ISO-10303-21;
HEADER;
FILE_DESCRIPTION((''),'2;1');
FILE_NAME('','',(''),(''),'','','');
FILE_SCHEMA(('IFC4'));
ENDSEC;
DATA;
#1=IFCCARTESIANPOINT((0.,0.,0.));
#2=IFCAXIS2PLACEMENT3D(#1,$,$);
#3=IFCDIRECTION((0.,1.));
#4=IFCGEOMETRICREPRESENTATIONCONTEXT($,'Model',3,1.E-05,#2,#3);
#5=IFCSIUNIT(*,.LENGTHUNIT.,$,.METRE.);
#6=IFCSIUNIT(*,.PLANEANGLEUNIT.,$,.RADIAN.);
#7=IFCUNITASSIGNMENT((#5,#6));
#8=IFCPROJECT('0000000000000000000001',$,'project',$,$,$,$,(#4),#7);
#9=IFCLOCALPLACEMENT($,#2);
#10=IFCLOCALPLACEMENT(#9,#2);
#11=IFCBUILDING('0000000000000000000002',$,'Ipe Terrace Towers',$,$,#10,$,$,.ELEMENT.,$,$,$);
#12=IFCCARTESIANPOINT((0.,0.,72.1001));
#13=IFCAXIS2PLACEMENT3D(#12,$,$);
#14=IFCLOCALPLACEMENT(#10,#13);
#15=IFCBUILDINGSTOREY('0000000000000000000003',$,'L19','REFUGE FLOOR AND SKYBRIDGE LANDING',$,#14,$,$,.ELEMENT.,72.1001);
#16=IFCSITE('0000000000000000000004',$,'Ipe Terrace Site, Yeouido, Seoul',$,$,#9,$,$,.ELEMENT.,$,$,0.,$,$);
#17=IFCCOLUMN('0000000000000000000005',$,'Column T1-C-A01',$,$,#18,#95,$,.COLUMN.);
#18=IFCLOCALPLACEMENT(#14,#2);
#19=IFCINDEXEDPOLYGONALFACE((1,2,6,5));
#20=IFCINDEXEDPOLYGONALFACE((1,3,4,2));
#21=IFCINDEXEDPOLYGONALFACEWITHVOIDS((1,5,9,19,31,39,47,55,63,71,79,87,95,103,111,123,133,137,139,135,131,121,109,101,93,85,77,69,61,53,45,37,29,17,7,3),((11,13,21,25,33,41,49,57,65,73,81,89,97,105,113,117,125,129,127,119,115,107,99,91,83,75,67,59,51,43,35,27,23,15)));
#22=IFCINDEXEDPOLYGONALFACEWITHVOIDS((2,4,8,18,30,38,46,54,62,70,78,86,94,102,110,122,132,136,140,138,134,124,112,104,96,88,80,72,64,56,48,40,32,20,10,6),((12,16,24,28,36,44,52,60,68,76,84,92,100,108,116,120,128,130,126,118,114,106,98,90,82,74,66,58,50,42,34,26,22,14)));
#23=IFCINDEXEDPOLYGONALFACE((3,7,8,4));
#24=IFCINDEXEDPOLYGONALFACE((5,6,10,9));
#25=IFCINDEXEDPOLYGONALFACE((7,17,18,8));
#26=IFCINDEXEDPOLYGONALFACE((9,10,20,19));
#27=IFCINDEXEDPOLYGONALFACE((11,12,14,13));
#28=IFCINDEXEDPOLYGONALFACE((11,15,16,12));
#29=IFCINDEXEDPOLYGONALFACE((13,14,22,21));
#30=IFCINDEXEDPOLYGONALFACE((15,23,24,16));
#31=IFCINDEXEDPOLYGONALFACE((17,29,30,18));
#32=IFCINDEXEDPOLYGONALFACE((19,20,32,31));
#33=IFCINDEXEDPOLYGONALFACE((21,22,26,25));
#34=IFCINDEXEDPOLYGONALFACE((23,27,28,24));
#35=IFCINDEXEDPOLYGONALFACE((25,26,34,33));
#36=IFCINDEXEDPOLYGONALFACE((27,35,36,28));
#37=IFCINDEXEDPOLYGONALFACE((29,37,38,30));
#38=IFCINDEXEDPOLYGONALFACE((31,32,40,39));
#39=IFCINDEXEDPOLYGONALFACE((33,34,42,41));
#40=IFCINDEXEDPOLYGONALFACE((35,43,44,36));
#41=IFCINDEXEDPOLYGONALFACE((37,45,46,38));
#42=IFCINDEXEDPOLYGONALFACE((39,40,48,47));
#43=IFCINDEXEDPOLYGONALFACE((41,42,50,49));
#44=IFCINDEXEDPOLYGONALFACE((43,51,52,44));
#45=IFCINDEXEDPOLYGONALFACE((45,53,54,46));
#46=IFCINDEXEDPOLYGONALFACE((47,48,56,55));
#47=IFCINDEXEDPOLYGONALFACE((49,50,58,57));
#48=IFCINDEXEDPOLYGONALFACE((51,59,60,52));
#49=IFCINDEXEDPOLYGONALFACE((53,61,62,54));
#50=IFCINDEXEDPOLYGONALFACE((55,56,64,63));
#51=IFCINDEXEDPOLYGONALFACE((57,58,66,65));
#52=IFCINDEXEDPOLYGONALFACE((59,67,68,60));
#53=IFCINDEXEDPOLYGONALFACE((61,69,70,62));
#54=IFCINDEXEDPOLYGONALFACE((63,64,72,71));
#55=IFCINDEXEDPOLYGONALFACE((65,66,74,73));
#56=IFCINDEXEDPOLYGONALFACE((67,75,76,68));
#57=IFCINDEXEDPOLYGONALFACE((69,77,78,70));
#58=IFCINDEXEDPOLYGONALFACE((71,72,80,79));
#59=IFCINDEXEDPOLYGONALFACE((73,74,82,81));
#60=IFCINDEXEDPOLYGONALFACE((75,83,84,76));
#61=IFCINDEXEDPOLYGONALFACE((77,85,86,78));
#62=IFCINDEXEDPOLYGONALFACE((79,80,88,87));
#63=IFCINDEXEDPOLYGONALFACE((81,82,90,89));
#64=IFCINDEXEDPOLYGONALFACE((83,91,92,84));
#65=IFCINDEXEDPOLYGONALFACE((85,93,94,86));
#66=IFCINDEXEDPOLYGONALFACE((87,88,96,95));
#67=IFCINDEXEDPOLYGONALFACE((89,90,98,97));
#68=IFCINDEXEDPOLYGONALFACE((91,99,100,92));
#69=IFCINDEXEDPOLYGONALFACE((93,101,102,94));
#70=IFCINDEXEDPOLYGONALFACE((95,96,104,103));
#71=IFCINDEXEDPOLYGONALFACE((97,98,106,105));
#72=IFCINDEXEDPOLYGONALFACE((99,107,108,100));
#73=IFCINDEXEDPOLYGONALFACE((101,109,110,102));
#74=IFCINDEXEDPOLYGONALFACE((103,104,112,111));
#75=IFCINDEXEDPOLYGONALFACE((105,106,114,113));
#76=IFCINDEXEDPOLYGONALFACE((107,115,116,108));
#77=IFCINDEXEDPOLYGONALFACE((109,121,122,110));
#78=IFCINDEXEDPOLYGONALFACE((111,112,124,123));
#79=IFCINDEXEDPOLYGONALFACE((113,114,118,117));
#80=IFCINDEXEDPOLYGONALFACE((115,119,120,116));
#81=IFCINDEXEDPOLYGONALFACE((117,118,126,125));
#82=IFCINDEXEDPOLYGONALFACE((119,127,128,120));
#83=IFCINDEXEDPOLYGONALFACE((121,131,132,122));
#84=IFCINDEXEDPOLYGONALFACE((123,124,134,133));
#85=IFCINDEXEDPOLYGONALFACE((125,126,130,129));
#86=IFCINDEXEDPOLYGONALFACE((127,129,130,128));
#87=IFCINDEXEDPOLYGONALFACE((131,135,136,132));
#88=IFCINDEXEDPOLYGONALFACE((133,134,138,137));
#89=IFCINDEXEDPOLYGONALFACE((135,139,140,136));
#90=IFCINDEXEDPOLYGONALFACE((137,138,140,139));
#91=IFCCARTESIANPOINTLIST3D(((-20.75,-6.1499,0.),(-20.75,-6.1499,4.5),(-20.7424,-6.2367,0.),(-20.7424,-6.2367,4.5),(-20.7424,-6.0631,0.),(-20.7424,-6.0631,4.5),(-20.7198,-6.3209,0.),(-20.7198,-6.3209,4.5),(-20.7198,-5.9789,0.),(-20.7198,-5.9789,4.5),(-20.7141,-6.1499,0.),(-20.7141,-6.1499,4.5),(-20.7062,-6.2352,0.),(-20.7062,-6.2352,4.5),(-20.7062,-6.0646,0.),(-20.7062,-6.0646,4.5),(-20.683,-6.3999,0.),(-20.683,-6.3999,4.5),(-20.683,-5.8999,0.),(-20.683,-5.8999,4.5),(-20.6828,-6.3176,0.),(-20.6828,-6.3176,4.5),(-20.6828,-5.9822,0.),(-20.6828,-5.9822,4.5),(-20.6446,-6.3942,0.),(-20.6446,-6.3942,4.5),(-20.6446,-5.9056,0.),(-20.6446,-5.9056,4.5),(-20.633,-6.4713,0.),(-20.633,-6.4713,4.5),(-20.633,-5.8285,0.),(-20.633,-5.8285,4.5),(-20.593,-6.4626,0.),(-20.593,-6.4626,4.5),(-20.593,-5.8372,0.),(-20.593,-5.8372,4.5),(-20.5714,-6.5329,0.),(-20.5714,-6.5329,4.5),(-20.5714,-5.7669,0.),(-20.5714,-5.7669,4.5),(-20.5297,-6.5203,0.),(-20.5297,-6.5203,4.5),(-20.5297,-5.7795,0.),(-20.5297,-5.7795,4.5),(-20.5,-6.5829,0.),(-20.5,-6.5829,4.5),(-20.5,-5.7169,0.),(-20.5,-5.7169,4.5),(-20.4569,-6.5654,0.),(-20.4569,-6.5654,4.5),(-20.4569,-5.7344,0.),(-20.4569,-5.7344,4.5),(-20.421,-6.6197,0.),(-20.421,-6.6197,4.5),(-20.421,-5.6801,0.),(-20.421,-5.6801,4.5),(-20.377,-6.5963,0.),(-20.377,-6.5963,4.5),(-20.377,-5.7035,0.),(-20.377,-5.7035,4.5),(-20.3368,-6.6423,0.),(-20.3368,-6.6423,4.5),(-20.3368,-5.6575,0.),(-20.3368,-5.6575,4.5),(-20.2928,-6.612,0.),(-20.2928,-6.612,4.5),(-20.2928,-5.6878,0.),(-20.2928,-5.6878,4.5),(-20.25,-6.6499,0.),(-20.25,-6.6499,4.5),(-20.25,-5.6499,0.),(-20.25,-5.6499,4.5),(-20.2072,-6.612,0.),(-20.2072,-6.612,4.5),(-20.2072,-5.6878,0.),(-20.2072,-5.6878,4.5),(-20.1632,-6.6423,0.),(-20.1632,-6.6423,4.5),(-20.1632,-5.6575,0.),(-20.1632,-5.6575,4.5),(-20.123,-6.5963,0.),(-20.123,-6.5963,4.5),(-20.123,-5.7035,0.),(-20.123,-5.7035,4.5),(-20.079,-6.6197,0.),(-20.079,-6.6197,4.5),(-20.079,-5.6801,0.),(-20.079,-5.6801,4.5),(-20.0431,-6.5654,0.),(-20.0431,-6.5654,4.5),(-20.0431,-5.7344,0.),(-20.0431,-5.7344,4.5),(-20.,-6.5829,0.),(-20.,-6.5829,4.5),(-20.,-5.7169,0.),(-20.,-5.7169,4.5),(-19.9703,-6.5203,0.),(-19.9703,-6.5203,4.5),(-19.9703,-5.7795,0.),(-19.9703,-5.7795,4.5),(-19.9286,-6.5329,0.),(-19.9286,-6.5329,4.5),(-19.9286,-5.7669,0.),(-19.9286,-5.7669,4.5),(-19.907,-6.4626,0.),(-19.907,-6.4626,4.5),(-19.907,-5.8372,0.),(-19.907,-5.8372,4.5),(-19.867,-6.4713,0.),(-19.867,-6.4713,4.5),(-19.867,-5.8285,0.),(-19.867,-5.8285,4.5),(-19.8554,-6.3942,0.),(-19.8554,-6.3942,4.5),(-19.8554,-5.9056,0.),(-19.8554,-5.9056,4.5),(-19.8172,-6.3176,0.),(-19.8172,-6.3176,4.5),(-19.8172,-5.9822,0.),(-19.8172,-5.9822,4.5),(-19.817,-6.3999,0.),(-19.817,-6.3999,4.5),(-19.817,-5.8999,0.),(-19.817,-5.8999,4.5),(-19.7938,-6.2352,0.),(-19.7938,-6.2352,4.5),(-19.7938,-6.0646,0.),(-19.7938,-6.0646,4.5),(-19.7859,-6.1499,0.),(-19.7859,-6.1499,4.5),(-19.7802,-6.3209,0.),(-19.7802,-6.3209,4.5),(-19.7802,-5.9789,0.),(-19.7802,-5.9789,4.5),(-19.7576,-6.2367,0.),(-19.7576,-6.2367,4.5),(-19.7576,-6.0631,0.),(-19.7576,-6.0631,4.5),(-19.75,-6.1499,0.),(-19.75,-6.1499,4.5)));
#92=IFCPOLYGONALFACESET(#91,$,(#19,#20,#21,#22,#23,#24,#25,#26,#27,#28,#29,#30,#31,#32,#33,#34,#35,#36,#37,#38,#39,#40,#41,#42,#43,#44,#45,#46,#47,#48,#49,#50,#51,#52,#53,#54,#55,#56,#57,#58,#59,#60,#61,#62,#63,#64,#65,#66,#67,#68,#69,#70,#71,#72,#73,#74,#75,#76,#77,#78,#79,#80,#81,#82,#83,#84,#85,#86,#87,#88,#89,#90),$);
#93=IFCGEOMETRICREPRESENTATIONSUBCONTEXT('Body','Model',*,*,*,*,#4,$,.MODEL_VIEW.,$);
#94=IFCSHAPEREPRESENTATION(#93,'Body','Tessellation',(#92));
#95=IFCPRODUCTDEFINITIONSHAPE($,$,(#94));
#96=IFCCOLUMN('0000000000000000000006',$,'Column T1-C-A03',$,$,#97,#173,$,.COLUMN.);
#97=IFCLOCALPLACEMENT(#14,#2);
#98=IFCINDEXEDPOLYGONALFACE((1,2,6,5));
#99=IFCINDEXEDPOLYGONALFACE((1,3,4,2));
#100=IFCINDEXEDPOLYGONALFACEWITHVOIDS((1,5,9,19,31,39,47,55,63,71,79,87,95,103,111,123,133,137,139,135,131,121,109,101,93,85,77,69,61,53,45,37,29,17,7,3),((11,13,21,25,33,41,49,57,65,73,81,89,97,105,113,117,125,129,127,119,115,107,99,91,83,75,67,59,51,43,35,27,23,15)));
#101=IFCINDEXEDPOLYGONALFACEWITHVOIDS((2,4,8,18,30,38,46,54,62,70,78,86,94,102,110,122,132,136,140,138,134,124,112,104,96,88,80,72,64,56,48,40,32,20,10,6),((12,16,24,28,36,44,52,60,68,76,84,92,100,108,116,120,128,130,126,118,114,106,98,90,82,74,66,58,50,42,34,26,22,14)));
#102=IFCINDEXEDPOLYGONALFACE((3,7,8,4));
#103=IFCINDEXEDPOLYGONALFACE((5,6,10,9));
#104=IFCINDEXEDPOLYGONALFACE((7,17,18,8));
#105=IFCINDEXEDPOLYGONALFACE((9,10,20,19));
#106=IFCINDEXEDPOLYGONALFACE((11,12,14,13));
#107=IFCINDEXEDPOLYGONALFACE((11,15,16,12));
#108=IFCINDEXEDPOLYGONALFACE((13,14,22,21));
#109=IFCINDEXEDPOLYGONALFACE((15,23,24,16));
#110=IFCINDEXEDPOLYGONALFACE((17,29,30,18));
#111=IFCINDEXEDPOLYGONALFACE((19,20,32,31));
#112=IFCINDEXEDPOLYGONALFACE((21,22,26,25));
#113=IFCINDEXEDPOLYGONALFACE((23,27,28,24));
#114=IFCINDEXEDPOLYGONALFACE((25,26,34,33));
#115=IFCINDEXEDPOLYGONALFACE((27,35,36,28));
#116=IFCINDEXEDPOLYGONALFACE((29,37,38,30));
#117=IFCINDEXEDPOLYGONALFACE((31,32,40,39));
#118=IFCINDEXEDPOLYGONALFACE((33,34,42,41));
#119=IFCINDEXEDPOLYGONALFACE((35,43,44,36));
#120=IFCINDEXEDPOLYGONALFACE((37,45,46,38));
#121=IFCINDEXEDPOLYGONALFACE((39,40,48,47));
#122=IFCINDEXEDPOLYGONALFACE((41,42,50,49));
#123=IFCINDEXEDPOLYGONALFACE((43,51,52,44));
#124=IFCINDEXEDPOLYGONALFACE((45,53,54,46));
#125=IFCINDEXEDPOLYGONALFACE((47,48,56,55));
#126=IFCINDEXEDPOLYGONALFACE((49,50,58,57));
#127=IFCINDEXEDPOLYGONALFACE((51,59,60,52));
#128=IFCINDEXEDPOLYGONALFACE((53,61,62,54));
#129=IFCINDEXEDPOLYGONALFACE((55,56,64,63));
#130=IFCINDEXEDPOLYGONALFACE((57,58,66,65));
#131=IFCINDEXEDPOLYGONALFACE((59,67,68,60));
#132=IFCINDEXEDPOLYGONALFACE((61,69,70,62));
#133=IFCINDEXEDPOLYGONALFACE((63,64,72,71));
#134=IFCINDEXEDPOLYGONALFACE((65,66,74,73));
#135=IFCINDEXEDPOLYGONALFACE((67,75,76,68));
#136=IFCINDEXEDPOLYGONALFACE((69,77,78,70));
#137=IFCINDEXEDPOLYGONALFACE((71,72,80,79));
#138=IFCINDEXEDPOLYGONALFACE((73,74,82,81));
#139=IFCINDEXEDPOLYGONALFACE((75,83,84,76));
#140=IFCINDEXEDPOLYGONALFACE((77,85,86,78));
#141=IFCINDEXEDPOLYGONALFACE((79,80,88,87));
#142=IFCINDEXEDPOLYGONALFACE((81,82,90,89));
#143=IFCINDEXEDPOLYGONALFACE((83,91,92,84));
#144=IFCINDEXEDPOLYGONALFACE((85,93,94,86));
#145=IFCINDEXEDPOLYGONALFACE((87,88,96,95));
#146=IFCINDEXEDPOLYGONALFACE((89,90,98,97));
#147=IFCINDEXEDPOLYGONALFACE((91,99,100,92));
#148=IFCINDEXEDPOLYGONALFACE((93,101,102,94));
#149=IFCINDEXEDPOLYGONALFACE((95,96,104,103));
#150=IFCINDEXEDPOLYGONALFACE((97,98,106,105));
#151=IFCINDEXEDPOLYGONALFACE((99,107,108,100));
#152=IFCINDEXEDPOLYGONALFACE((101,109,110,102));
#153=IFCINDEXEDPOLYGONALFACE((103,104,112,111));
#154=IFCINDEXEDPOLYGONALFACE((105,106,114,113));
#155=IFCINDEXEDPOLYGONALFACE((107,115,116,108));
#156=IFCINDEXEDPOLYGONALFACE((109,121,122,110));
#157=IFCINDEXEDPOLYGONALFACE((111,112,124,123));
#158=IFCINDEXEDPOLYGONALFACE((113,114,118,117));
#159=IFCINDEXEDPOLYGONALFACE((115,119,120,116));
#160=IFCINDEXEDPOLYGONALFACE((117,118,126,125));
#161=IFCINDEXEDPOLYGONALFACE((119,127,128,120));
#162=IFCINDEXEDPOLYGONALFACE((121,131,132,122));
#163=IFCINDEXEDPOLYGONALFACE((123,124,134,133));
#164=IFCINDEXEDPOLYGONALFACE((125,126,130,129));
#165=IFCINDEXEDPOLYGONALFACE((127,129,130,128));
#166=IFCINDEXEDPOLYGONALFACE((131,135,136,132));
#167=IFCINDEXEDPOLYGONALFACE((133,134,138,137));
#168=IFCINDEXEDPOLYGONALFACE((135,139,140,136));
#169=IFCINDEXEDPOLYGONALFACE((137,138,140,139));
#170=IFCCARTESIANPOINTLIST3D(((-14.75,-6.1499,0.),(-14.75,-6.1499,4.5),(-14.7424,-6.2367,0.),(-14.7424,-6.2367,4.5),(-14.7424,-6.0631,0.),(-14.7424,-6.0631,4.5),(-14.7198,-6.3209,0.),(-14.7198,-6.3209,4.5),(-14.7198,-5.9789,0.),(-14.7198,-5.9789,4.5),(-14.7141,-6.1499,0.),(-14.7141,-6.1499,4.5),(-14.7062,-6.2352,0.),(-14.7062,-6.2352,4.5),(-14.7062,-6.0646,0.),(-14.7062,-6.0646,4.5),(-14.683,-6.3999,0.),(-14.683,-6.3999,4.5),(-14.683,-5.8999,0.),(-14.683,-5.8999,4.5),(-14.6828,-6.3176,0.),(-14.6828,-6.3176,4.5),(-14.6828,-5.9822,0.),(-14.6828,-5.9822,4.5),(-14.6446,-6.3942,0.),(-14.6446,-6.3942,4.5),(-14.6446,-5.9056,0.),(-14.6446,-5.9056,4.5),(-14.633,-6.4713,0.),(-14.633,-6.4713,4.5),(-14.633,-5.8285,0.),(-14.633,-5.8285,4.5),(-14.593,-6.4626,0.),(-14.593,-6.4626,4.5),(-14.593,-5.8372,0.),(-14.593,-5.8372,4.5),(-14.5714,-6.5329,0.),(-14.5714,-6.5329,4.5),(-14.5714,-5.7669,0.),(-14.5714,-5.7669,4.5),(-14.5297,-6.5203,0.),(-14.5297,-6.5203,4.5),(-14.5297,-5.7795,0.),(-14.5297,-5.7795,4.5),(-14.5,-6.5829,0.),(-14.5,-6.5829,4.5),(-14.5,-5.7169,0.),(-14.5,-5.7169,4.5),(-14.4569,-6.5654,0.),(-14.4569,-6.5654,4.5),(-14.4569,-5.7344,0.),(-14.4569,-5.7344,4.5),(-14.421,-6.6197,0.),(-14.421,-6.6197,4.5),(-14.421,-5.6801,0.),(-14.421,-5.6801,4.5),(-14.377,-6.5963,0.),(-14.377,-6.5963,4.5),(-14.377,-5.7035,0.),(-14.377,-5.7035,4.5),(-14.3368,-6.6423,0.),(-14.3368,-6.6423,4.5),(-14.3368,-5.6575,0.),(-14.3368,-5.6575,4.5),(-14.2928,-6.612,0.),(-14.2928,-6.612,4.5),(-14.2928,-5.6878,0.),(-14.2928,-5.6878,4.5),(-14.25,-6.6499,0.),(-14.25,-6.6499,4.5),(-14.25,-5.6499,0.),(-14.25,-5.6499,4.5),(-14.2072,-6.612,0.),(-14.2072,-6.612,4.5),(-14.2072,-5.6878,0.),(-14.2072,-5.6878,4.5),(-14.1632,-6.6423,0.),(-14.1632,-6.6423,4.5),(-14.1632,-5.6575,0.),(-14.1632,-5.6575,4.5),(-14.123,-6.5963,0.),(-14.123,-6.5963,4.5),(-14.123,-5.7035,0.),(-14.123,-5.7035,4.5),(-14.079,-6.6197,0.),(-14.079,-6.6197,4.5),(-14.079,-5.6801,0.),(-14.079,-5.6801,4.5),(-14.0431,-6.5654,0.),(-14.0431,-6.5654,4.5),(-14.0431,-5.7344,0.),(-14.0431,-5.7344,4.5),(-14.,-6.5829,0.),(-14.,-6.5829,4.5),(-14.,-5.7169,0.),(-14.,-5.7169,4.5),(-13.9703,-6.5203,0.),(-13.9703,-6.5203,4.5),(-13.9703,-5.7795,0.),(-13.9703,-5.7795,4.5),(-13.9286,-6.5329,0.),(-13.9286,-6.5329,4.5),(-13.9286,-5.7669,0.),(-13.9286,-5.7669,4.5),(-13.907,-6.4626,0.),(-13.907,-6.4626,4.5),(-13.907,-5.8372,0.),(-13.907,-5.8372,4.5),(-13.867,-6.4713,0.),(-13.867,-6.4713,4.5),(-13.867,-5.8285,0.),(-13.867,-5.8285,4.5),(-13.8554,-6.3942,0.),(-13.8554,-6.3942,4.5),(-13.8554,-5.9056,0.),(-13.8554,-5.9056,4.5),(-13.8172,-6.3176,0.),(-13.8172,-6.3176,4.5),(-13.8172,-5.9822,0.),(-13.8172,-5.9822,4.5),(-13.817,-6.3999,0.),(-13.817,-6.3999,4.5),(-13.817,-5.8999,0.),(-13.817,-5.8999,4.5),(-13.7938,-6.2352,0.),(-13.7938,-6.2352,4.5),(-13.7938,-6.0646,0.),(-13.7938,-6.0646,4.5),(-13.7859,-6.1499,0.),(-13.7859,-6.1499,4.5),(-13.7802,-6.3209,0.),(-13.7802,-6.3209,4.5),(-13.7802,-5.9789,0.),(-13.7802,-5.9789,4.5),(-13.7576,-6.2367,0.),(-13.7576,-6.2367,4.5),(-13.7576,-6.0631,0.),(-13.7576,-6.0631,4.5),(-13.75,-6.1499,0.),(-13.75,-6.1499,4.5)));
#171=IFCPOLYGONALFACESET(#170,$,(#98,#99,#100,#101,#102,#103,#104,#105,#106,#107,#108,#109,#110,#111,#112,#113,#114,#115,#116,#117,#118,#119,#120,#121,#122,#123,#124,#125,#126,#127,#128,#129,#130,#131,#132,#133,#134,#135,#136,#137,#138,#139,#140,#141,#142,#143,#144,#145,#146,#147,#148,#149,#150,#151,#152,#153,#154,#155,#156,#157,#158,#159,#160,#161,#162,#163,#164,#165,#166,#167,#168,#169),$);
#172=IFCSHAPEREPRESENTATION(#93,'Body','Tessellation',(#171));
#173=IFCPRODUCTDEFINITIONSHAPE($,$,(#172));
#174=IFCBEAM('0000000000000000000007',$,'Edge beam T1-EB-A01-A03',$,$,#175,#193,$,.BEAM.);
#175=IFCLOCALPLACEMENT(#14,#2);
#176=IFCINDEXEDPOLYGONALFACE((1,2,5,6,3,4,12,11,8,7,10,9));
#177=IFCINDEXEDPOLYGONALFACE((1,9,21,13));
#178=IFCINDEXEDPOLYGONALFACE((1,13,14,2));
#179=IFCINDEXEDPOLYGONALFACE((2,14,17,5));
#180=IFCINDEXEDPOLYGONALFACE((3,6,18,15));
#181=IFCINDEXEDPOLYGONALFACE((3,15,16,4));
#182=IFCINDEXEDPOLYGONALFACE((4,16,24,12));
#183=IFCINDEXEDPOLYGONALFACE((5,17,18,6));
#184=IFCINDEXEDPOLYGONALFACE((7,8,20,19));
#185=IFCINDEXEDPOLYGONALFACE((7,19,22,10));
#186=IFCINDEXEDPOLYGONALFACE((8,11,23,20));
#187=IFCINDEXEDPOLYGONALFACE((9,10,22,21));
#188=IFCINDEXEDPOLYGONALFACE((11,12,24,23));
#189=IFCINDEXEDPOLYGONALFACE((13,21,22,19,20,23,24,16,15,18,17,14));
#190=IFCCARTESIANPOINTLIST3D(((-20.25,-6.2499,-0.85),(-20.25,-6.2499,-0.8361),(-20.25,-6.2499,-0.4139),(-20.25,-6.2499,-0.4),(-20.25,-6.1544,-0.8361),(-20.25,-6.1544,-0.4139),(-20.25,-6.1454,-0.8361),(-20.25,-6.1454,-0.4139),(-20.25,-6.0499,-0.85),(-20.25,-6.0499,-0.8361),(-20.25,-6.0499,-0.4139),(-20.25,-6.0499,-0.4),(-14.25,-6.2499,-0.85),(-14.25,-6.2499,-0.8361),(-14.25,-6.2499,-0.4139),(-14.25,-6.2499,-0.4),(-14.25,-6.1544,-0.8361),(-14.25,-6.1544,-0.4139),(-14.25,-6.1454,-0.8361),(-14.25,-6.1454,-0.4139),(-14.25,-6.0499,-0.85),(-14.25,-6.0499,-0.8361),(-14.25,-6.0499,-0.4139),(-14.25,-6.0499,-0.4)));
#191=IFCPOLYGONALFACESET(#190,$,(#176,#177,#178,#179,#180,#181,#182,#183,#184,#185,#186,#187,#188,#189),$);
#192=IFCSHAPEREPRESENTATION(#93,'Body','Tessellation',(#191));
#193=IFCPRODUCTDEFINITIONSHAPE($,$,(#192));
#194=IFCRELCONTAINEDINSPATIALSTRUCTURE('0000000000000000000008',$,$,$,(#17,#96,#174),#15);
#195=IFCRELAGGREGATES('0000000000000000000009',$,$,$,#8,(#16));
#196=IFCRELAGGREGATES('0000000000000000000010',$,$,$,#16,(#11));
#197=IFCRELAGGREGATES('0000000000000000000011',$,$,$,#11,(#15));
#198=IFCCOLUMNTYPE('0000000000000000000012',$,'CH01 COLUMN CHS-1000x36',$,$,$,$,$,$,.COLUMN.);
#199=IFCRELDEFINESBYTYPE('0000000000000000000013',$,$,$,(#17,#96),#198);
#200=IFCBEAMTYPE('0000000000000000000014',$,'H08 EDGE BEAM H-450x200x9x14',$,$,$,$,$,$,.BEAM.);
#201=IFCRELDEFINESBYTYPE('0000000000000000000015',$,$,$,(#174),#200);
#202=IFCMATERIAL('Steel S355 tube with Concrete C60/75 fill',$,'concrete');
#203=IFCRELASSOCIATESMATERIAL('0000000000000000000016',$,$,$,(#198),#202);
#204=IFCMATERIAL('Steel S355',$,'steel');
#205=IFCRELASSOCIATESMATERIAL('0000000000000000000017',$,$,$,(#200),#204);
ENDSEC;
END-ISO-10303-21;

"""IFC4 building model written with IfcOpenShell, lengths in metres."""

from ifc_helpers import new_model, si_unit, direction, frame, origin, origin_2d, place, context, subcontext, project, spatial, hollow_circle, i_section, extrude, material, material_profile, profile_set, type_object, element, save


model = new_model("IFC4")

# Units and contexts
model_context = context("Model", 3, precision=1e-05, world=origin(), true_north=direction((0.0, 1.0)))
body_context = subcontext(model_context, "Body", "Model", "MODEL_VIEW")
ifc_project = project(units=[si_unit("LENGTHUNIT", "METRE"), si_unit("PLANEANGLEUNIT", "RADIAN")], contexts=[model_context])

# Site, building, storey
site_placement = place(None, origin())
site = spatial("IfcSite", under=ifc_project, at=site_placement, Name="Ipe Terrace Site, Yeouido, Seoul", CompositionType="ELEMENT", RefElevation=0.0)
building_placement = place(site_placement, origin())
building = spatial("IfcBuilding", under=site, at=building_placement, Name="Ipe Terrace Towers", CompositionType="ELEMENT")
storey_placement = place(building_placement, frame((0.0, 0.0, 72.1001)))
storey = spatial("IfcBuildingStorey", under=building, at=storey_placement, Name="L19", Description="REFUGE FLOOR AND SKYBRIDGE LANDING", CompositionType="ELEMENT", Elevation=72.1001)

# Columns
ifc_material_1 = material(Name="Steel S355 tube with Concrete C60/75 fill", Category="concrete")
ifc_material_profile_1 = material_profile(ifc_material_1, hollow_circle(Radius=0.5, WallThickness=0.0359, at=origin_2d()), Name="CHS-1000x36")
ifc_profile_set_1 = profile_set([ifc_material_profile_1], Name="Steel S355 tube with Concrete C60/75 fill")
column_type = type_object("IfcColumnType", Name="CH01 COLUMN CHS-1000x36", PredefinedType="COLUMN", material=ifc_profile_set_1)
for number, where, z_axis, x_axis, name in (
    (1, (-20.25, -6.1499, 0.0), (0.0, 0.0, 1.0), (1.0, 0.0, 0.0), "Column T1-C-A01"),
    (2, (-14.25, -6.1499, 0.0), (0.0, 0.0, 1.0), (1.0, 0.0, 0.0), "Column T1-C-A03"),
):
    element("IfcColumn", number, at=place(storey_placement, frame(where, z_axis=z_axis, x_axis=x_axis)), inside=storey, type_object=column_type, Name=name, PredefinedType="COLUMN", context=body_context, shape_type="SweptSolid", body=[
        extrude(hollow_circle(Radius=0.5, WallThickness=0.0359, at=origin_2d()), origin(), (0.0, 0.0, 1.0), 4.5),
    ])

# Beam
ifc_material_2 = material(Name="Steel S355", Category="steel")
ifc_material_profile_2 = material_profile(ifc_material_2, i_section(OverallWidth=0.2, OverallDepth=0.45, WebThickness=0.009, FlangeThickness=0.0139, at=origin_2d()), Name="H-450x200x9x14")
ifc_profile_set_2 = profile_set([ifc_material_profile_2], Name="Steel S355")
beam_type = type_object("IfcBeamType", Name="H08 EDGE BEAM H-450x200x9x14", PredefinedType="BEAM", material=ifc_profile_set_2)
beam_placement = place(storey_placement, frame((-20.25, -6.1499, -0.625), z_axis=(1.0, 0.0, 0.0), x_axis=(0.0, 1.0, 0.0)))
element("IfcBeam", 3, at=beam_placement, inside=storey, type_object=beam_type, Name="Edge beam T1-EB-A01-A03", PredefinedType="BEAM", context=body_context, shape_type="SweptSolid", body=[
    extrude(i_section(OverallWidth=0.2, OverallDepth=0.45, WebThickness=0.009, FlangeThickness=0.0139, at=origin_2d()), origin(), (0.0, 0.0, 1.0), 6.0),
])

save(model, "model.ifc")
